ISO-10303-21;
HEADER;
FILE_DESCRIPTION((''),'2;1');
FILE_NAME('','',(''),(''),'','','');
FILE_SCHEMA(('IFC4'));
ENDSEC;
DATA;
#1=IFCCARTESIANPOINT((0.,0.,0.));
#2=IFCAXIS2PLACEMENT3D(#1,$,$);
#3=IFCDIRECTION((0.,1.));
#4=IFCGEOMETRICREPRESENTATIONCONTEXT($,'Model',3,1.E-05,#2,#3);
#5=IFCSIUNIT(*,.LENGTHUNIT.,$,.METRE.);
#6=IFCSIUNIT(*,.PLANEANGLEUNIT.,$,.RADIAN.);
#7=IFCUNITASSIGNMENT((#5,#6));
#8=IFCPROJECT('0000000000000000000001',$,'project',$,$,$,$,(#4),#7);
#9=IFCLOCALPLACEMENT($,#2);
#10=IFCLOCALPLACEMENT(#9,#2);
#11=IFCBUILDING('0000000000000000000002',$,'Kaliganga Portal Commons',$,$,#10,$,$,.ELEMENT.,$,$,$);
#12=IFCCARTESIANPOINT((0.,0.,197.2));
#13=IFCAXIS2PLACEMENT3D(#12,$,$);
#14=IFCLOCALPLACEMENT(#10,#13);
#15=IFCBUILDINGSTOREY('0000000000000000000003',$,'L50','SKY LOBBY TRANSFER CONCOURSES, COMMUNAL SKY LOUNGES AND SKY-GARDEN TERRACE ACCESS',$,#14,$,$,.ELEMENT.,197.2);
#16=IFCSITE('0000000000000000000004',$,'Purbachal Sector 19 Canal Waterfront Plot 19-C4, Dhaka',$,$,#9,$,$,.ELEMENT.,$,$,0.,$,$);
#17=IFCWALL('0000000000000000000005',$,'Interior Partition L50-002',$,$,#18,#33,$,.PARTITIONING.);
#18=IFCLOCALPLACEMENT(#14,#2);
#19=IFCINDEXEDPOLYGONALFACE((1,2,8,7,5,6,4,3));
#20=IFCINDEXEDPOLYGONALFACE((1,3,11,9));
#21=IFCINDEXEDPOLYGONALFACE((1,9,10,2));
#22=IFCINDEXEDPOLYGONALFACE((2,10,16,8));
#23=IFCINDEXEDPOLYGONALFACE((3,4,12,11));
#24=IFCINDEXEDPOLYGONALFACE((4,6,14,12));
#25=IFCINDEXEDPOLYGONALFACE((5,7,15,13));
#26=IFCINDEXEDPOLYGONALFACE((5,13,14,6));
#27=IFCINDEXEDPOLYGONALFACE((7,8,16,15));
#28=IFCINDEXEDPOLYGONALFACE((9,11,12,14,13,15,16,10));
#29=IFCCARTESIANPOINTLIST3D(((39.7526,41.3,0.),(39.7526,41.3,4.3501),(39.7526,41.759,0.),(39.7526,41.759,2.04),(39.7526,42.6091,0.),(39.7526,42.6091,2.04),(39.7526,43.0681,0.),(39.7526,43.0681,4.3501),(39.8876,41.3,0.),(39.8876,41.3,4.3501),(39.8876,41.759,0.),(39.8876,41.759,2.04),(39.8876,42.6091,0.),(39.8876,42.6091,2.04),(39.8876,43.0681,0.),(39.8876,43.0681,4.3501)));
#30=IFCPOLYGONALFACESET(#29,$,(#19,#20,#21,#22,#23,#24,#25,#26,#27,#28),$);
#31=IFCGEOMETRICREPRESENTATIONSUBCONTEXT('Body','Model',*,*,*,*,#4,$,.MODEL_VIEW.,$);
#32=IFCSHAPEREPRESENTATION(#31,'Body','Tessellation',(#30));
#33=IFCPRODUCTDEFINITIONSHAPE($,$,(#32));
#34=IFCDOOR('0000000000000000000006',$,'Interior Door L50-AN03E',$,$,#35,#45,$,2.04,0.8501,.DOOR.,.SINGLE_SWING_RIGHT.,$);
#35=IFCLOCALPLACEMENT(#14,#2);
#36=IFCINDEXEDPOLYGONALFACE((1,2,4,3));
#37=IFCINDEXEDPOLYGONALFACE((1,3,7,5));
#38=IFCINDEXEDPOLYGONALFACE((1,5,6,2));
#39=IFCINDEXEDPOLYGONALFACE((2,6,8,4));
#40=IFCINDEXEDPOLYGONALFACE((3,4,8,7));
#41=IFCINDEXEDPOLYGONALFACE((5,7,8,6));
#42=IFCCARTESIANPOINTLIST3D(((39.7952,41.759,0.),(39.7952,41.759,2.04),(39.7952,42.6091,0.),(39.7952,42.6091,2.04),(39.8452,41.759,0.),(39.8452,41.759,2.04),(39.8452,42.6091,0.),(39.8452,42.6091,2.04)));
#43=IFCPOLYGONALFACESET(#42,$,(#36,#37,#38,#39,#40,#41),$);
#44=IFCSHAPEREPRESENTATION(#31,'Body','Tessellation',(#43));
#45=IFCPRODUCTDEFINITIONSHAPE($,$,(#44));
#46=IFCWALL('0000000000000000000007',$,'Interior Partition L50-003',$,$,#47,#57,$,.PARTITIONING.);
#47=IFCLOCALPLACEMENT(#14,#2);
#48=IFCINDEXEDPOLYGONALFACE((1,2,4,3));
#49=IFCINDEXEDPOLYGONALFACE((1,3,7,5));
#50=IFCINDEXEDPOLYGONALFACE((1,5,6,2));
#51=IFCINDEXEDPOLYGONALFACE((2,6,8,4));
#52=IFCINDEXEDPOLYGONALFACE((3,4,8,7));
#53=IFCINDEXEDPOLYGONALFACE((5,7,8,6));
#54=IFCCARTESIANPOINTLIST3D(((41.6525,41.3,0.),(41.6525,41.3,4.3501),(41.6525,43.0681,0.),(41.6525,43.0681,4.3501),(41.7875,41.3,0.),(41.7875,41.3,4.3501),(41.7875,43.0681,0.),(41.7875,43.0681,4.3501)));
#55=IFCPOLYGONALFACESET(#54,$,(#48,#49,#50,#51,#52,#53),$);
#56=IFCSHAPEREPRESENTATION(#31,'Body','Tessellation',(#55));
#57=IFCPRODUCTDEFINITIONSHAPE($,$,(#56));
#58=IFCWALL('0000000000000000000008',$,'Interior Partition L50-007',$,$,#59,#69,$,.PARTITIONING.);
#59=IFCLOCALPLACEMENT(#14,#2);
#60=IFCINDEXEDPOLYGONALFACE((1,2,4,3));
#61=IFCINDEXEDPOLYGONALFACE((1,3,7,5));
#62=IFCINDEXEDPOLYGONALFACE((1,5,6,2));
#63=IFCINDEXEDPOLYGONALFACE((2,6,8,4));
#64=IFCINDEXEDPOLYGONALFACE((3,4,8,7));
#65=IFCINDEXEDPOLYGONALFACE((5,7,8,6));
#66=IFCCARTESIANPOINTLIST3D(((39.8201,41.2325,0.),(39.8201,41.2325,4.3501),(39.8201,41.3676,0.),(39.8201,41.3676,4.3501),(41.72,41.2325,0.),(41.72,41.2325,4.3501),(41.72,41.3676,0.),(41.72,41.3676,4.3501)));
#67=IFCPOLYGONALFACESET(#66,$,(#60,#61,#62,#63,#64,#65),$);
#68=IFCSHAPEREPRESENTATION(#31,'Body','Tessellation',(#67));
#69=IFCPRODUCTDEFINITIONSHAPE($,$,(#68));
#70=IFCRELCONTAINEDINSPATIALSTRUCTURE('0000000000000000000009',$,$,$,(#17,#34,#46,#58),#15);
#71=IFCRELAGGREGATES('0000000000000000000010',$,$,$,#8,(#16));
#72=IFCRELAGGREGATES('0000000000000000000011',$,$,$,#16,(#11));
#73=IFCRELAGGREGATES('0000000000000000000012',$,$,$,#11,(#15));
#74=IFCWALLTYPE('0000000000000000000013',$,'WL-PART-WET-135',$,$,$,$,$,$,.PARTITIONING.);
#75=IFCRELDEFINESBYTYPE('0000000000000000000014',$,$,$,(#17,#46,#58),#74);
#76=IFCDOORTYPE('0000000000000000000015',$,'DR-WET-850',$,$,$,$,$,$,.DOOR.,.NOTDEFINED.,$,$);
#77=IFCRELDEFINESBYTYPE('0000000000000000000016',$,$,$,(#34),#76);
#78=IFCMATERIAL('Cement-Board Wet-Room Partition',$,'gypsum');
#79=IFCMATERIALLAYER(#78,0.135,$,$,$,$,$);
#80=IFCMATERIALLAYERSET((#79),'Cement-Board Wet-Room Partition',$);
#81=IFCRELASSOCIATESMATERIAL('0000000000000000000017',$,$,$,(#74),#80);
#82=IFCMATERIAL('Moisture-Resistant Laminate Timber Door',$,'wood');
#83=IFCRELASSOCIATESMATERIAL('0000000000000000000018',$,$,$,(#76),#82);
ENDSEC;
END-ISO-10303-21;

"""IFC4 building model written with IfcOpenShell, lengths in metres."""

from ifc_helpers import new_model, si_unit, direction, frame, frame_2d, origin, place, context, subcontext, project, spatial, rectangle, extrude, material, layer, layer_set, type_object, element, fill, save


model = new_model("IFC4")

# Units and contexts
model_context = context("Model", 3, precision=1e-05, world=origin(), true_north=direction((0.0, 1.0)))
body_context = subcontext(model_context, "Body", "Model", "MODEL_VIEW")
ifc_project = project(units=[si_unit("LENGTHUNIT", "METRE"), si_unit("PLANEANGLEUNIT", "RADIAN")], contexts=[model_context])

# Site, building, storey
site_placement = place(None, origin())
site = spatial("IfcSite", under=ifc_project, at=site_placement, Name="Purbachal Sector 19 Canal Waterfront Plot 19-C4, Dhaka", CompositionType="ELEMENT", RefElevation=0.0)
building_placement = place(site_placement, origin())
building = spatial("IfcBuilding", under=site, at=building_placement, Name="Kaliganga Portal Commons", CompositionType="ELEMENT")
storey_placement = place(building_placement, frame((0.0, 0.0, 197.2)))
storey = spatial("IfcBuildingStorey", under=building, at=storey_placement, Name="L50", Description="SKY LOBBY TRANSFER CONCOURSES, COMMUNAL SKY LOUNGES AND SKY-GARDEN TERRACE ACCESS", CompositionType="ELEMENT", Elevation=197.2)

# Wall, opening, door
ifc_material_1 = material(Name="Cement-Board Wet-Room Partition", Category="gypsum")
ifc_layer_1 = layer(ifc_material_1, 0.135)
ifc_layer_set_1 = layer_set([ifc_layer_1], Name="Cement-Board Wet-Room Partition")
wall_type_1 = type_object("IfcWallType", Name="WL-PART-WET-135", PredefinedType="PARTITIONING", material=ifc_layer_set_1)
wall_1_placement = place(storey_placement, frame((39.8201, 41.3, 0.0), z_axis=(0.0, 0.0, 1.0), x_axis=(0.0, 1.0, 0.0)))
wall_1 = element("IfcWall", 1, at=wall_1_placement, inside=storey, type_object=wall_type_1, Name="Interior Partition L50-002", PredefinedType="PARTITIONING", context=body_context, shape_type="SweptSolid", body=[
    extrude(rectangle(XDim=1.7681, YDim=0.135, at=frame_2d((0.884, 0.0))), origin(), (0.0, 0.0, 1.0), 4.3501),
])
opening_1_placement = place(wall_1_placement, frame((0.459, 0.0, 0.0)))
opening_1 = element("IfcOpeningElement", 2, at=opening_1_placement, cuts=wall_1, PredefinedType="OPENING", context=body_context, shape_type="SweptSolid", body=[
    extrude(rectangle(XDim=0.8501, YDim=2.04, at=frame_2d((0.425, 1.02))), frame((0.0, 0.0776, 0.0), z_axis=(0.0, -1.0, 0.0), x_axis=(1.0, 0.0, 0.0)), (0.0, 0.0, 1.0), 0.155),
])
ifc_material_2 = material(Name="Moisture-Resistant Laminate Timber Door", Category="wood")
door_type_1 = type_object("IfcDoorType", Name="DR-WET-850", OperationType="NOTDEFINED", PredefinedType="DOOR", material=ifc_material_2)
door_1_placement = place(opening_1_placement, origin())
door_1 = element("IfcDoor", 3, at=door_1_placement, inside=storey, type_object=door_type_1, Name="Interior Door L50-AN03E", OperationType="SINGLE_SWING_RIGHT", OverallHeight=2.04, OverallWidth=0.8501, PredefinedType="DOOR", context=body_context, shape_type="SweptSolid", body=[
    extrude(rectangle(XDim=0.8501, YDim=2.04, at=frame_2d((0.425, 1.02))), frame((0.0, 0.0249, 0.0), z_axis=(0.0, -1.0, 0.0), x_axis=(1.0, 0.0, 0.0)), (0.0, 0.0, 1.0), 0.05),
])
fill(opening_1, door_1)

# Walls
wall_2_placement = place(storey_placement, frame((41.72, 41.3, 0.0), z_axis=(0.0, 0.0, 1.0), x_axis=(0.0, 1.0, 0.0)))
element("IfcWall", 4, at=wall_2_placement, inside=storey, type_object=wall_type_1, Name="Interior Partition L50-003", PredefinedType="PARTITIONING", context=body_context, shape_type="SweptSolid", body=[
    extrude(rectangle(XDim=1.7681, YDim=0.135, at=frame_2d((0.884, 0.0))), origin(), (0.0, 0.0, 1.0), 4.3501),
])
wall_3_placement = place(storey_placement, frame((39.8201, 41.3, 0.0), z_axis=(0.0, 0.0, 1.0), x_axis=(1.0, 0.0, 0.0)))
element("IfcWall", 5, at=wall_3_placement, inside=storey, type_object=wall_type_1, Name="Interior Partition L50-007", PredefinedType="PARTITIONING", context=body_context, shape_type="SweptSolid", body=[
    extrude(rectangle(XDim=1.8999, YDim=0.135, at=frame_2d((0.95, 0.0))), origin(), (0.0, 0.0, 1.0), 4.3501),
])

save(model, "model.ifc")
